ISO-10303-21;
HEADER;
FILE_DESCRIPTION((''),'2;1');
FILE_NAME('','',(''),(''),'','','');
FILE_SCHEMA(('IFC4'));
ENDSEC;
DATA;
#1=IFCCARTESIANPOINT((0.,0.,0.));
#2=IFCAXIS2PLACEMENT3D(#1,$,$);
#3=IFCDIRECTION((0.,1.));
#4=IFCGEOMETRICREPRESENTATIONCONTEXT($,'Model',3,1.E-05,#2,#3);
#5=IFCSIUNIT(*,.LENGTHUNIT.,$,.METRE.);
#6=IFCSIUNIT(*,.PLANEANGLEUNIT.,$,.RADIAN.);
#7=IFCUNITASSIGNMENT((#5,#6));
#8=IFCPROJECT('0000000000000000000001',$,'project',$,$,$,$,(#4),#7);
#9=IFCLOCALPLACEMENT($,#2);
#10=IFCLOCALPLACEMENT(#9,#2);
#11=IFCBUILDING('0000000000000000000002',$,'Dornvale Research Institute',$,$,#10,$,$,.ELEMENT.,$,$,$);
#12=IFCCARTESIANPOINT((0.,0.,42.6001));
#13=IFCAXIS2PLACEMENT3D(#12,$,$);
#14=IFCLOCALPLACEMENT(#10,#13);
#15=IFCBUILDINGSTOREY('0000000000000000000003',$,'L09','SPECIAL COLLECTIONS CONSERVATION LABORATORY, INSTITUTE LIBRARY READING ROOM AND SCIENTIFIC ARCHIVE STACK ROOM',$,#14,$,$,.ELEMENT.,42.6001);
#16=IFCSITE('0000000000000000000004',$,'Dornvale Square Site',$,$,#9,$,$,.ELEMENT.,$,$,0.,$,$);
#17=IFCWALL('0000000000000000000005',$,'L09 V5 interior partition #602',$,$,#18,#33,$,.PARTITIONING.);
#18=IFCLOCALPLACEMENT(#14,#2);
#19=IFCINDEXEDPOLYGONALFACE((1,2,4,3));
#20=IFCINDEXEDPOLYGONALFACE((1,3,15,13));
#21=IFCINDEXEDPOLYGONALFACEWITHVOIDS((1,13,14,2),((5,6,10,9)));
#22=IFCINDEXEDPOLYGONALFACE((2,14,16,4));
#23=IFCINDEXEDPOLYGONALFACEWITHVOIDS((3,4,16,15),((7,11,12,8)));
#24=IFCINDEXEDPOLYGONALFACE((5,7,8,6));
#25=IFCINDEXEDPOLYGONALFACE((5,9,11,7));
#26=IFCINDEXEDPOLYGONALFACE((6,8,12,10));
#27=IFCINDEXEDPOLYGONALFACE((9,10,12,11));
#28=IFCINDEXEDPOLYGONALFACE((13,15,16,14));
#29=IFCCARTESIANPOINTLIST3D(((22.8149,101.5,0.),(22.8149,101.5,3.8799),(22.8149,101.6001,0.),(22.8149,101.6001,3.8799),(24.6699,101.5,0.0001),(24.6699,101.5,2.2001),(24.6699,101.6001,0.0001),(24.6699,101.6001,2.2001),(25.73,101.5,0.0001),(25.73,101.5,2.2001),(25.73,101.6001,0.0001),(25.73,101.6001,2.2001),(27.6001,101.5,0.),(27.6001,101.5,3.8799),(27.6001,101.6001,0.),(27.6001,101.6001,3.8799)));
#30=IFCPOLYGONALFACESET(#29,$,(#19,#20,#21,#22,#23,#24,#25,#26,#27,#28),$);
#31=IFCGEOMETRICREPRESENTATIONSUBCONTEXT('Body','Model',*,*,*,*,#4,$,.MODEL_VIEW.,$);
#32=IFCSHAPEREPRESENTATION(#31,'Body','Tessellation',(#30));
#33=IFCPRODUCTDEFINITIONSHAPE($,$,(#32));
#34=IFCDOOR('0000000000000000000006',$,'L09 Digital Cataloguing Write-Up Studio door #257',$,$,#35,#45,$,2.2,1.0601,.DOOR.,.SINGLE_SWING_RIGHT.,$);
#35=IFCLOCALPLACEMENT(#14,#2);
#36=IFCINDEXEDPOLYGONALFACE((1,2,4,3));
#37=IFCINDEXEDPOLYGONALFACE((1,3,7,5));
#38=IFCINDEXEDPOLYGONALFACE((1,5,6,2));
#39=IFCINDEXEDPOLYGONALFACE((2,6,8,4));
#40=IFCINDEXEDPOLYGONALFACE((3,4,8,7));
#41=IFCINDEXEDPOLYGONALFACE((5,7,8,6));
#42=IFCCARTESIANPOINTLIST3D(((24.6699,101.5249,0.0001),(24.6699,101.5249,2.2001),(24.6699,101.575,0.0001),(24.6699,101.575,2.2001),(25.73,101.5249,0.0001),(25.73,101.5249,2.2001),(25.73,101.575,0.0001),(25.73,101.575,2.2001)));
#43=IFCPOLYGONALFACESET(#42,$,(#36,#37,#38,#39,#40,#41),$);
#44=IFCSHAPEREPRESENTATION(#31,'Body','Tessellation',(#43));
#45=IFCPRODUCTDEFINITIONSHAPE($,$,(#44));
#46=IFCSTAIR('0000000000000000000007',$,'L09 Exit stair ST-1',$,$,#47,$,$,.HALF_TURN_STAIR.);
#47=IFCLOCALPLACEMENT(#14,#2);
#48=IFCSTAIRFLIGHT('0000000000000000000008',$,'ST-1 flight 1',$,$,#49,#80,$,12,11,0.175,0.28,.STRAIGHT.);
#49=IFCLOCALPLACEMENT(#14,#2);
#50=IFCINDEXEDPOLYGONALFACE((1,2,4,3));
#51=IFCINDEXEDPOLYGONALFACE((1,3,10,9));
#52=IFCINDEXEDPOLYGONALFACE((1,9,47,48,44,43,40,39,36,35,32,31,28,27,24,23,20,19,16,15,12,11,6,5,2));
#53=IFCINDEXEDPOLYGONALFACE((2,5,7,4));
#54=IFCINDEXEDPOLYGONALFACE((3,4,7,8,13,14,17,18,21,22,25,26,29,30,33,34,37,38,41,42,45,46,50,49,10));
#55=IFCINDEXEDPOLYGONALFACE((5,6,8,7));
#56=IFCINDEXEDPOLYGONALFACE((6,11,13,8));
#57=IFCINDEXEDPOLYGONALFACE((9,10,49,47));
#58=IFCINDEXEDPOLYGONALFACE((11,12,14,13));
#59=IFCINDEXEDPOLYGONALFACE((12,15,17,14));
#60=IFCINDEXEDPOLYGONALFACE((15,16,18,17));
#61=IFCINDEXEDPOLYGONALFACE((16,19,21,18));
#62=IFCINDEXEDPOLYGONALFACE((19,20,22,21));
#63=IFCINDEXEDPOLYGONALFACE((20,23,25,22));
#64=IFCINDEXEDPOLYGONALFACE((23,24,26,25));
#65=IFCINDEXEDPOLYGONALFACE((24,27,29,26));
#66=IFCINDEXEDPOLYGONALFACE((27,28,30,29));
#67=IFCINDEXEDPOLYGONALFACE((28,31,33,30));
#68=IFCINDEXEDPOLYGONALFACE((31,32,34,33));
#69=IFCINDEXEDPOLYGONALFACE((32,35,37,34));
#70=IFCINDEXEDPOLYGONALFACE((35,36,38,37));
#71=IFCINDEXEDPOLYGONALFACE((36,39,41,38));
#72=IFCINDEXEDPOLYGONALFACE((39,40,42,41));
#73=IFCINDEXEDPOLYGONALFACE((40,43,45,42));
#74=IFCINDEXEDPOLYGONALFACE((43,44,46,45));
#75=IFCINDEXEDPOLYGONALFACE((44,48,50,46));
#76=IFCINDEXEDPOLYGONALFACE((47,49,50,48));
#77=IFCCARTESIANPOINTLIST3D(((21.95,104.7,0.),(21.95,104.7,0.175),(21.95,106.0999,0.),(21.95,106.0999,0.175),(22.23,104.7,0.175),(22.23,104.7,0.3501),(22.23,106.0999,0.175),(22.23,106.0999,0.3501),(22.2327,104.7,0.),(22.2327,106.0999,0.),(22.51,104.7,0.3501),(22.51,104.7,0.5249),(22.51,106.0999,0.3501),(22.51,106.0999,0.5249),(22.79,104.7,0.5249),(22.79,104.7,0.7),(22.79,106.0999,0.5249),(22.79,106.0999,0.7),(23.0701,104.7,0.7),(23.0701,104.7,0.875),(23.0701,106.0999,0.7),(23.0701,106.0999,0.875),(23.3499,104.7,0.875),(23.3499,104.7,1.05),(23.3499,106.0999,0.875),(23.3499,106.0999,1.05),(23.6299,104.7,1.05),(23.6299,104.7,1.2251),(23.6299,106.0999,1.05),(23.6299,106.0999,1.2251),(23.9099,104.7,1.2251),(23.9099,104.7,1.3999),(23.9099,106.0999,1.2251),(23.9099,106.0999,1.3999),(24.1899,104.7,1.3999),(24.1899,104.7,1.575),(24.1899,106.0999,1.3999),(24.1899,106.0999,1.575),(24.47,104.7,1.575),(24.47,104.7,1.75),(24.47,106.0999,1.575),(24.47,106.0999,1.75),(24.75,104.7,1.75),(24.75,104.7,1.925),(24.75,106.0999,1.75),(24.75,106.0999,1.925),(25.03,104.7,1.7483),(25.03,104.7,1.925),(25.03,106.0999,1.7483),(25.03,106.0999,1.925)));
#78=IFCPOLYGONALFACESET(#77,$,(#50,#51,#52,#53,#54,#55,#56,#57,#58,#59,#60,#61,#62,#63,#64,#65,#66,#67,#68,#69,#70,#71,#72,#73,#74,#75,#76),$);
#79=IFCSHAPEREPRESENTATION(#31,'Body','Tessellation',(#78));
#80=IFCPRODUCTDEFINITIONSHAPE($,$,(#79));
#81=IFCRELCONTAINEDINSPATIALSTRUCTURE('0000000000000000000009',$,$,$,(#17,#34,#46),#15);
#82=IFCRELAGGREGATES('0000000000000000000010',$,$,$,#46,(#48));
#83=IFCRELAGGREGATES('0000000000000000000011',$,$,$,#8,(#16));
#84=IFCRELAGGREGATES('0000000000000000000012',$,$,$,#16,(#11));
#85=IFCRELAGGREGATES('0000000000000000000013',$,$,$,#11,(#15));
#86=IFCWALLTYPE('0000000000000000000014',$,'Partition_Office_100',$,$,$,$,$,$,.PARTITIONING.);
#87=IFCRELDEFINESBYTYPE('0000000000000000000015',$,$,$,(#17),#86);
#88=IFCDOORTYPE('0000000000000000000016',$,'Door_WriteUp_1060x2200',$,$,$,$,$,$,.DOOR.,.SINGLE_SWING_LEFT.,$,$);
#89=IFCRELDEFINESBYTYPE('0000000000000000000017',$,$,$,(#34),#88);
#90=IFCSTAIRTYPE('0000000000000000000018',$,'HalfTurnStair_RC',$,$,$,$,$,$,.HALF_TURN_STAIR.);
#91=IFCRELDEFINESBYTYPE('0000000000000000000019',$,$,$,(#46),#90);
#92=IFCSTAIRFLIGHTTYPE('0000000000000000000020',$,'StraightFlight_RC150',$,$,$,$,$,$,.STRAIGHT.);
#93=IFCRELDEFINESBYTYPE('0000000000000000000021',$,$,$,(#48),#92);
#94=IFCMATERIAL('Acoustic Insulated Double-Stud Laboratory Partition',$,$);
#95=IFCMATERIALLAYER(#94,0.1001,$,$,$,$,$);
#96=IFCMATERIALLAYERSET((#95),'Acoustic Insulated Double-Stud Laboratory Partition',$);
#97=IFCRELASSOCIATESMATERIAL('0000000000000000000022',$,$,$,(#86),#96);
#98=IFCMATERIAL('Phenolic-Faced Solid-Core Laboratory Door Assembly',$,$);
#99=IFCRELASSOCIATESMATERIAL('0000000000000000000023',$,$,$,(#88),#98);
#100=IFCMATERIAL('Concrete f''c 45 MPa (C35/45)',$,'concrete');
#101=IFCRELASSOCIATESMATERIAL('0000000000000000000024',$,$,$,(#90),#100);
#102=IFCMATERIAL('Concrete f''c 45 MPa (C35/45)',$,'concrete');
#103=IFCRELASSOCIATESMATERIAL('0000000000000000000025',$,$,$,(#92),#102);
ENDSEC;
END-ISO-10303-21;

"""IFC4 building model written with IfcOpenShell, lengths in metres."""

from ifc_helpers import new_model, si_unit, direction, frame, frame_2d, origin, place, context, subcontext, project, spatial, polyline, rectangle, outline, extrude, material, layer, layer_set, type_object, element, fill, aggregate, save


model = new_model("IFC4")

# Units and contexts
model_context = context("Model", 3, precision=1e-05, world=origin(), true_north=direction((0.0, 1.0)))
body_context = subcontext(model_context, "Body", "Model", "MODEL_VIEW")
ifc_project = project(units=[si_unit("LENGTHUNIT", "METRE"), si_unit("PLANEANGLEUNIT", "RADIAN")], contexts=[model_context])

# Site, building, storey
site_placement = place(None, origin())
site = spatial("IfcSite", under=ifc_project, at=site_placement, Name="Dornvale Square Site", CompositionType="ELEMENT", RefElevation=0.0)
building_placement = place(site_placement, origin())
building = spatial("IfcBuilding", under=site, at=building_placement, Name="Dornvale Research Institute", CompositionType="ELEMENT")
storey_placement = place(building_placement, frame((0.0, 0.0, 42.6001)))
storey = spatial("IfcBuildingStorey", under=building, at=storey_placement, Name="L09", Description="SPECIAL COLLECTIONS CONSERVATION LABORATORY, INSTITUTE LIBRARY READING ROOM AND SCIENTIFIC ARCHIVE STACK ROOM", CompositionType="ELEMENT", Elevation=42.6001)

# Wall, opening, door
ifc_material_1 = material(Name="Acoustic Insulated Double-Stud Laboratory Partition")
ifc_layer_1 = layer(ifc_material_1, 0.1001)
ifc_layer_set_1 = layer_set([ifc_layer_1], Name="Acoustic Insulated Double-Stud Laboratory Partition")
wall_type_1 = type_object("IfcWallType", Name="Partition_Office_100", PredefinedType="PARTITIONING", material=ifc_layer_set_1)
wall_1_placement = place(storey_placement, frame((22.8149, 101.55, 0.0), z_axis=(0.0, 0.0, 1.0), x_axis=(1.0, 0.0, 0.0)))
wall_1 = element("IfcWall", 1, at=wall_1_placement, inside=storey, type_object=wall_type_1, Name="L09 V5 interior partition #602", PredefinedType="PARTITIONING", context=body_context, shape_type="SweptSolid", body=[
    extrude(rectangle(XDim=4.7852, YDim=0.1001, at=frame_2d((2.3926, 0.0))), origin(), (0.0, 0.0, 1.0), 3.8799),
])
opening_placement = place(wall_1_placement, frame((1.855, 0.0, 0.0)))
opening = element("IfcOpeningElement", 2, at=opening_placement, cuts=wall_1, PredefinedType="OPENING", context=body_context, shape_type="SweptSolid", body=[
    extrude(rectangle(XDim=1.0601, YDim=2.2, at=frame_2d((0.53, 1.1001))), frame((0.0, 0.0649, 0.0), z_axis=(0.0, -1.0, 0.0), x_axis=(1.0, 0.0, 0.0)), (0.0, 0.0, 1.0), 0.1301),
])
ifc_material_2 = material(Name="Phenolic-Faced Solid-Core Laboratory Door Assembly")
door_type = type_object("IfcDoorType", Name="Door_WriteUp_1060x2200", OperationType="SINGLE_SWING_LEFT", PredefinedType="DOOR", material=ifc_material_2)
door_placement = place(opening_placement, origin())
door = element("IfcDoor", 3, at=door_placement, inside=storey, type_object=door_type, Name="L09 Digital Cataloguing Write-Up Studio door #257", OperationType="SINGLE_SWING_RIGHT", OverallHeight=2.2, OverallWidth=1.0601, PredefinedType="DOOR", context=body_context, shape_type="SweptSolid", body=[
    extrude(rectangle(XDim=1.0601, YDim=2.2, at=frame_2d((0.53, 1.1001))), frame((0.0, 0.0249, 0.0), z_axis=(0.0, -1.0, 0.0), x_axis=(1.0, 0.0, 0.0)), (0.0, 0.0, 1.0), 0.05),
])
fill(opening, door)

# Stair, stair flight
ifc_material_3 = material(Name="Concrete f'c 45 MPa (C35/45)", Category="concrete")
stair_type = type_object("IfcStairType", Name="HalfTurnStair_RC", PredefinedType="HALF_TURN_STAIR", material=ifc_material_3)
stair_placement = place(storey_placement, origin())
stair = element("IfcStair", 4, at=stair_placement, inside=storey, type_object=stair_type, Name="L09 Exit stair ST-1", PredefinedType="HALF_TURN_STAIR")
ifc_material_4 = material(Name="Concrete f'c 45 MPa (C35/45)", Category="concrete")
stair_flight_type = type_object("IfcStairFlightType", Name="StraightFlight_RC150", PredefinedType="STRAIGHT", material=ifc_material_4)
stair_flight_placement = place(storey_placement, frame((21.95, 105.3999, 0.0), z_axis=(0.0, 0.0, 1.0), x_axis=(1.0, 0.0, 0.0)))
stair_flight = element("IfcStairFlight", 5, at=stair_flight_placement, type_object=stair_flight_type, Name="ST-1 flight 1", NumberOfRisers=12, NumberOfTreads=11, PredefinedType="STRAIGHT", RiserHeight=0.175, TreadLength=0.28, context=body_context, shape_type="SweptSolid", body=[
    extrude(outline(polyline([(0.0, 0.0), (0.0, 0.175), (0.28, 0.175), (0.28, 0.3501), (0.5601, 0.3501), (0.5601, 0.5249), (0.8401, 0.5249), (0.8401, 0.7), (1.1201, 0.7), (1.1201, 0.875), (1.3999, 0.875), (1.3999, 1.05), (1.6799, 1.05), (1.6799, 1.2251), (1.96, 1.2251), (1.96, 1.3999), (2.24, 1.3999), (2.24, 1.575), (2.52, 1.575), (2.52, 1.75), (2.8, 1.75), (2.8, 1.925), (3.0801, 1.925), (3.0801, 2.1001), (3.0801, 1.7483), (0.2827, 0.0), (0.0, 0.0)])), frame((0.0, 0.7, 0.0), z_axis=(0.0, -1.0, 0.0), x_axis=(1.0, 0.0, 0.0)), (0.0, 0.0, 1.0), 1.3999),
])
aggregate(stair, [stair_flight])

save(model, "model.ifc")
